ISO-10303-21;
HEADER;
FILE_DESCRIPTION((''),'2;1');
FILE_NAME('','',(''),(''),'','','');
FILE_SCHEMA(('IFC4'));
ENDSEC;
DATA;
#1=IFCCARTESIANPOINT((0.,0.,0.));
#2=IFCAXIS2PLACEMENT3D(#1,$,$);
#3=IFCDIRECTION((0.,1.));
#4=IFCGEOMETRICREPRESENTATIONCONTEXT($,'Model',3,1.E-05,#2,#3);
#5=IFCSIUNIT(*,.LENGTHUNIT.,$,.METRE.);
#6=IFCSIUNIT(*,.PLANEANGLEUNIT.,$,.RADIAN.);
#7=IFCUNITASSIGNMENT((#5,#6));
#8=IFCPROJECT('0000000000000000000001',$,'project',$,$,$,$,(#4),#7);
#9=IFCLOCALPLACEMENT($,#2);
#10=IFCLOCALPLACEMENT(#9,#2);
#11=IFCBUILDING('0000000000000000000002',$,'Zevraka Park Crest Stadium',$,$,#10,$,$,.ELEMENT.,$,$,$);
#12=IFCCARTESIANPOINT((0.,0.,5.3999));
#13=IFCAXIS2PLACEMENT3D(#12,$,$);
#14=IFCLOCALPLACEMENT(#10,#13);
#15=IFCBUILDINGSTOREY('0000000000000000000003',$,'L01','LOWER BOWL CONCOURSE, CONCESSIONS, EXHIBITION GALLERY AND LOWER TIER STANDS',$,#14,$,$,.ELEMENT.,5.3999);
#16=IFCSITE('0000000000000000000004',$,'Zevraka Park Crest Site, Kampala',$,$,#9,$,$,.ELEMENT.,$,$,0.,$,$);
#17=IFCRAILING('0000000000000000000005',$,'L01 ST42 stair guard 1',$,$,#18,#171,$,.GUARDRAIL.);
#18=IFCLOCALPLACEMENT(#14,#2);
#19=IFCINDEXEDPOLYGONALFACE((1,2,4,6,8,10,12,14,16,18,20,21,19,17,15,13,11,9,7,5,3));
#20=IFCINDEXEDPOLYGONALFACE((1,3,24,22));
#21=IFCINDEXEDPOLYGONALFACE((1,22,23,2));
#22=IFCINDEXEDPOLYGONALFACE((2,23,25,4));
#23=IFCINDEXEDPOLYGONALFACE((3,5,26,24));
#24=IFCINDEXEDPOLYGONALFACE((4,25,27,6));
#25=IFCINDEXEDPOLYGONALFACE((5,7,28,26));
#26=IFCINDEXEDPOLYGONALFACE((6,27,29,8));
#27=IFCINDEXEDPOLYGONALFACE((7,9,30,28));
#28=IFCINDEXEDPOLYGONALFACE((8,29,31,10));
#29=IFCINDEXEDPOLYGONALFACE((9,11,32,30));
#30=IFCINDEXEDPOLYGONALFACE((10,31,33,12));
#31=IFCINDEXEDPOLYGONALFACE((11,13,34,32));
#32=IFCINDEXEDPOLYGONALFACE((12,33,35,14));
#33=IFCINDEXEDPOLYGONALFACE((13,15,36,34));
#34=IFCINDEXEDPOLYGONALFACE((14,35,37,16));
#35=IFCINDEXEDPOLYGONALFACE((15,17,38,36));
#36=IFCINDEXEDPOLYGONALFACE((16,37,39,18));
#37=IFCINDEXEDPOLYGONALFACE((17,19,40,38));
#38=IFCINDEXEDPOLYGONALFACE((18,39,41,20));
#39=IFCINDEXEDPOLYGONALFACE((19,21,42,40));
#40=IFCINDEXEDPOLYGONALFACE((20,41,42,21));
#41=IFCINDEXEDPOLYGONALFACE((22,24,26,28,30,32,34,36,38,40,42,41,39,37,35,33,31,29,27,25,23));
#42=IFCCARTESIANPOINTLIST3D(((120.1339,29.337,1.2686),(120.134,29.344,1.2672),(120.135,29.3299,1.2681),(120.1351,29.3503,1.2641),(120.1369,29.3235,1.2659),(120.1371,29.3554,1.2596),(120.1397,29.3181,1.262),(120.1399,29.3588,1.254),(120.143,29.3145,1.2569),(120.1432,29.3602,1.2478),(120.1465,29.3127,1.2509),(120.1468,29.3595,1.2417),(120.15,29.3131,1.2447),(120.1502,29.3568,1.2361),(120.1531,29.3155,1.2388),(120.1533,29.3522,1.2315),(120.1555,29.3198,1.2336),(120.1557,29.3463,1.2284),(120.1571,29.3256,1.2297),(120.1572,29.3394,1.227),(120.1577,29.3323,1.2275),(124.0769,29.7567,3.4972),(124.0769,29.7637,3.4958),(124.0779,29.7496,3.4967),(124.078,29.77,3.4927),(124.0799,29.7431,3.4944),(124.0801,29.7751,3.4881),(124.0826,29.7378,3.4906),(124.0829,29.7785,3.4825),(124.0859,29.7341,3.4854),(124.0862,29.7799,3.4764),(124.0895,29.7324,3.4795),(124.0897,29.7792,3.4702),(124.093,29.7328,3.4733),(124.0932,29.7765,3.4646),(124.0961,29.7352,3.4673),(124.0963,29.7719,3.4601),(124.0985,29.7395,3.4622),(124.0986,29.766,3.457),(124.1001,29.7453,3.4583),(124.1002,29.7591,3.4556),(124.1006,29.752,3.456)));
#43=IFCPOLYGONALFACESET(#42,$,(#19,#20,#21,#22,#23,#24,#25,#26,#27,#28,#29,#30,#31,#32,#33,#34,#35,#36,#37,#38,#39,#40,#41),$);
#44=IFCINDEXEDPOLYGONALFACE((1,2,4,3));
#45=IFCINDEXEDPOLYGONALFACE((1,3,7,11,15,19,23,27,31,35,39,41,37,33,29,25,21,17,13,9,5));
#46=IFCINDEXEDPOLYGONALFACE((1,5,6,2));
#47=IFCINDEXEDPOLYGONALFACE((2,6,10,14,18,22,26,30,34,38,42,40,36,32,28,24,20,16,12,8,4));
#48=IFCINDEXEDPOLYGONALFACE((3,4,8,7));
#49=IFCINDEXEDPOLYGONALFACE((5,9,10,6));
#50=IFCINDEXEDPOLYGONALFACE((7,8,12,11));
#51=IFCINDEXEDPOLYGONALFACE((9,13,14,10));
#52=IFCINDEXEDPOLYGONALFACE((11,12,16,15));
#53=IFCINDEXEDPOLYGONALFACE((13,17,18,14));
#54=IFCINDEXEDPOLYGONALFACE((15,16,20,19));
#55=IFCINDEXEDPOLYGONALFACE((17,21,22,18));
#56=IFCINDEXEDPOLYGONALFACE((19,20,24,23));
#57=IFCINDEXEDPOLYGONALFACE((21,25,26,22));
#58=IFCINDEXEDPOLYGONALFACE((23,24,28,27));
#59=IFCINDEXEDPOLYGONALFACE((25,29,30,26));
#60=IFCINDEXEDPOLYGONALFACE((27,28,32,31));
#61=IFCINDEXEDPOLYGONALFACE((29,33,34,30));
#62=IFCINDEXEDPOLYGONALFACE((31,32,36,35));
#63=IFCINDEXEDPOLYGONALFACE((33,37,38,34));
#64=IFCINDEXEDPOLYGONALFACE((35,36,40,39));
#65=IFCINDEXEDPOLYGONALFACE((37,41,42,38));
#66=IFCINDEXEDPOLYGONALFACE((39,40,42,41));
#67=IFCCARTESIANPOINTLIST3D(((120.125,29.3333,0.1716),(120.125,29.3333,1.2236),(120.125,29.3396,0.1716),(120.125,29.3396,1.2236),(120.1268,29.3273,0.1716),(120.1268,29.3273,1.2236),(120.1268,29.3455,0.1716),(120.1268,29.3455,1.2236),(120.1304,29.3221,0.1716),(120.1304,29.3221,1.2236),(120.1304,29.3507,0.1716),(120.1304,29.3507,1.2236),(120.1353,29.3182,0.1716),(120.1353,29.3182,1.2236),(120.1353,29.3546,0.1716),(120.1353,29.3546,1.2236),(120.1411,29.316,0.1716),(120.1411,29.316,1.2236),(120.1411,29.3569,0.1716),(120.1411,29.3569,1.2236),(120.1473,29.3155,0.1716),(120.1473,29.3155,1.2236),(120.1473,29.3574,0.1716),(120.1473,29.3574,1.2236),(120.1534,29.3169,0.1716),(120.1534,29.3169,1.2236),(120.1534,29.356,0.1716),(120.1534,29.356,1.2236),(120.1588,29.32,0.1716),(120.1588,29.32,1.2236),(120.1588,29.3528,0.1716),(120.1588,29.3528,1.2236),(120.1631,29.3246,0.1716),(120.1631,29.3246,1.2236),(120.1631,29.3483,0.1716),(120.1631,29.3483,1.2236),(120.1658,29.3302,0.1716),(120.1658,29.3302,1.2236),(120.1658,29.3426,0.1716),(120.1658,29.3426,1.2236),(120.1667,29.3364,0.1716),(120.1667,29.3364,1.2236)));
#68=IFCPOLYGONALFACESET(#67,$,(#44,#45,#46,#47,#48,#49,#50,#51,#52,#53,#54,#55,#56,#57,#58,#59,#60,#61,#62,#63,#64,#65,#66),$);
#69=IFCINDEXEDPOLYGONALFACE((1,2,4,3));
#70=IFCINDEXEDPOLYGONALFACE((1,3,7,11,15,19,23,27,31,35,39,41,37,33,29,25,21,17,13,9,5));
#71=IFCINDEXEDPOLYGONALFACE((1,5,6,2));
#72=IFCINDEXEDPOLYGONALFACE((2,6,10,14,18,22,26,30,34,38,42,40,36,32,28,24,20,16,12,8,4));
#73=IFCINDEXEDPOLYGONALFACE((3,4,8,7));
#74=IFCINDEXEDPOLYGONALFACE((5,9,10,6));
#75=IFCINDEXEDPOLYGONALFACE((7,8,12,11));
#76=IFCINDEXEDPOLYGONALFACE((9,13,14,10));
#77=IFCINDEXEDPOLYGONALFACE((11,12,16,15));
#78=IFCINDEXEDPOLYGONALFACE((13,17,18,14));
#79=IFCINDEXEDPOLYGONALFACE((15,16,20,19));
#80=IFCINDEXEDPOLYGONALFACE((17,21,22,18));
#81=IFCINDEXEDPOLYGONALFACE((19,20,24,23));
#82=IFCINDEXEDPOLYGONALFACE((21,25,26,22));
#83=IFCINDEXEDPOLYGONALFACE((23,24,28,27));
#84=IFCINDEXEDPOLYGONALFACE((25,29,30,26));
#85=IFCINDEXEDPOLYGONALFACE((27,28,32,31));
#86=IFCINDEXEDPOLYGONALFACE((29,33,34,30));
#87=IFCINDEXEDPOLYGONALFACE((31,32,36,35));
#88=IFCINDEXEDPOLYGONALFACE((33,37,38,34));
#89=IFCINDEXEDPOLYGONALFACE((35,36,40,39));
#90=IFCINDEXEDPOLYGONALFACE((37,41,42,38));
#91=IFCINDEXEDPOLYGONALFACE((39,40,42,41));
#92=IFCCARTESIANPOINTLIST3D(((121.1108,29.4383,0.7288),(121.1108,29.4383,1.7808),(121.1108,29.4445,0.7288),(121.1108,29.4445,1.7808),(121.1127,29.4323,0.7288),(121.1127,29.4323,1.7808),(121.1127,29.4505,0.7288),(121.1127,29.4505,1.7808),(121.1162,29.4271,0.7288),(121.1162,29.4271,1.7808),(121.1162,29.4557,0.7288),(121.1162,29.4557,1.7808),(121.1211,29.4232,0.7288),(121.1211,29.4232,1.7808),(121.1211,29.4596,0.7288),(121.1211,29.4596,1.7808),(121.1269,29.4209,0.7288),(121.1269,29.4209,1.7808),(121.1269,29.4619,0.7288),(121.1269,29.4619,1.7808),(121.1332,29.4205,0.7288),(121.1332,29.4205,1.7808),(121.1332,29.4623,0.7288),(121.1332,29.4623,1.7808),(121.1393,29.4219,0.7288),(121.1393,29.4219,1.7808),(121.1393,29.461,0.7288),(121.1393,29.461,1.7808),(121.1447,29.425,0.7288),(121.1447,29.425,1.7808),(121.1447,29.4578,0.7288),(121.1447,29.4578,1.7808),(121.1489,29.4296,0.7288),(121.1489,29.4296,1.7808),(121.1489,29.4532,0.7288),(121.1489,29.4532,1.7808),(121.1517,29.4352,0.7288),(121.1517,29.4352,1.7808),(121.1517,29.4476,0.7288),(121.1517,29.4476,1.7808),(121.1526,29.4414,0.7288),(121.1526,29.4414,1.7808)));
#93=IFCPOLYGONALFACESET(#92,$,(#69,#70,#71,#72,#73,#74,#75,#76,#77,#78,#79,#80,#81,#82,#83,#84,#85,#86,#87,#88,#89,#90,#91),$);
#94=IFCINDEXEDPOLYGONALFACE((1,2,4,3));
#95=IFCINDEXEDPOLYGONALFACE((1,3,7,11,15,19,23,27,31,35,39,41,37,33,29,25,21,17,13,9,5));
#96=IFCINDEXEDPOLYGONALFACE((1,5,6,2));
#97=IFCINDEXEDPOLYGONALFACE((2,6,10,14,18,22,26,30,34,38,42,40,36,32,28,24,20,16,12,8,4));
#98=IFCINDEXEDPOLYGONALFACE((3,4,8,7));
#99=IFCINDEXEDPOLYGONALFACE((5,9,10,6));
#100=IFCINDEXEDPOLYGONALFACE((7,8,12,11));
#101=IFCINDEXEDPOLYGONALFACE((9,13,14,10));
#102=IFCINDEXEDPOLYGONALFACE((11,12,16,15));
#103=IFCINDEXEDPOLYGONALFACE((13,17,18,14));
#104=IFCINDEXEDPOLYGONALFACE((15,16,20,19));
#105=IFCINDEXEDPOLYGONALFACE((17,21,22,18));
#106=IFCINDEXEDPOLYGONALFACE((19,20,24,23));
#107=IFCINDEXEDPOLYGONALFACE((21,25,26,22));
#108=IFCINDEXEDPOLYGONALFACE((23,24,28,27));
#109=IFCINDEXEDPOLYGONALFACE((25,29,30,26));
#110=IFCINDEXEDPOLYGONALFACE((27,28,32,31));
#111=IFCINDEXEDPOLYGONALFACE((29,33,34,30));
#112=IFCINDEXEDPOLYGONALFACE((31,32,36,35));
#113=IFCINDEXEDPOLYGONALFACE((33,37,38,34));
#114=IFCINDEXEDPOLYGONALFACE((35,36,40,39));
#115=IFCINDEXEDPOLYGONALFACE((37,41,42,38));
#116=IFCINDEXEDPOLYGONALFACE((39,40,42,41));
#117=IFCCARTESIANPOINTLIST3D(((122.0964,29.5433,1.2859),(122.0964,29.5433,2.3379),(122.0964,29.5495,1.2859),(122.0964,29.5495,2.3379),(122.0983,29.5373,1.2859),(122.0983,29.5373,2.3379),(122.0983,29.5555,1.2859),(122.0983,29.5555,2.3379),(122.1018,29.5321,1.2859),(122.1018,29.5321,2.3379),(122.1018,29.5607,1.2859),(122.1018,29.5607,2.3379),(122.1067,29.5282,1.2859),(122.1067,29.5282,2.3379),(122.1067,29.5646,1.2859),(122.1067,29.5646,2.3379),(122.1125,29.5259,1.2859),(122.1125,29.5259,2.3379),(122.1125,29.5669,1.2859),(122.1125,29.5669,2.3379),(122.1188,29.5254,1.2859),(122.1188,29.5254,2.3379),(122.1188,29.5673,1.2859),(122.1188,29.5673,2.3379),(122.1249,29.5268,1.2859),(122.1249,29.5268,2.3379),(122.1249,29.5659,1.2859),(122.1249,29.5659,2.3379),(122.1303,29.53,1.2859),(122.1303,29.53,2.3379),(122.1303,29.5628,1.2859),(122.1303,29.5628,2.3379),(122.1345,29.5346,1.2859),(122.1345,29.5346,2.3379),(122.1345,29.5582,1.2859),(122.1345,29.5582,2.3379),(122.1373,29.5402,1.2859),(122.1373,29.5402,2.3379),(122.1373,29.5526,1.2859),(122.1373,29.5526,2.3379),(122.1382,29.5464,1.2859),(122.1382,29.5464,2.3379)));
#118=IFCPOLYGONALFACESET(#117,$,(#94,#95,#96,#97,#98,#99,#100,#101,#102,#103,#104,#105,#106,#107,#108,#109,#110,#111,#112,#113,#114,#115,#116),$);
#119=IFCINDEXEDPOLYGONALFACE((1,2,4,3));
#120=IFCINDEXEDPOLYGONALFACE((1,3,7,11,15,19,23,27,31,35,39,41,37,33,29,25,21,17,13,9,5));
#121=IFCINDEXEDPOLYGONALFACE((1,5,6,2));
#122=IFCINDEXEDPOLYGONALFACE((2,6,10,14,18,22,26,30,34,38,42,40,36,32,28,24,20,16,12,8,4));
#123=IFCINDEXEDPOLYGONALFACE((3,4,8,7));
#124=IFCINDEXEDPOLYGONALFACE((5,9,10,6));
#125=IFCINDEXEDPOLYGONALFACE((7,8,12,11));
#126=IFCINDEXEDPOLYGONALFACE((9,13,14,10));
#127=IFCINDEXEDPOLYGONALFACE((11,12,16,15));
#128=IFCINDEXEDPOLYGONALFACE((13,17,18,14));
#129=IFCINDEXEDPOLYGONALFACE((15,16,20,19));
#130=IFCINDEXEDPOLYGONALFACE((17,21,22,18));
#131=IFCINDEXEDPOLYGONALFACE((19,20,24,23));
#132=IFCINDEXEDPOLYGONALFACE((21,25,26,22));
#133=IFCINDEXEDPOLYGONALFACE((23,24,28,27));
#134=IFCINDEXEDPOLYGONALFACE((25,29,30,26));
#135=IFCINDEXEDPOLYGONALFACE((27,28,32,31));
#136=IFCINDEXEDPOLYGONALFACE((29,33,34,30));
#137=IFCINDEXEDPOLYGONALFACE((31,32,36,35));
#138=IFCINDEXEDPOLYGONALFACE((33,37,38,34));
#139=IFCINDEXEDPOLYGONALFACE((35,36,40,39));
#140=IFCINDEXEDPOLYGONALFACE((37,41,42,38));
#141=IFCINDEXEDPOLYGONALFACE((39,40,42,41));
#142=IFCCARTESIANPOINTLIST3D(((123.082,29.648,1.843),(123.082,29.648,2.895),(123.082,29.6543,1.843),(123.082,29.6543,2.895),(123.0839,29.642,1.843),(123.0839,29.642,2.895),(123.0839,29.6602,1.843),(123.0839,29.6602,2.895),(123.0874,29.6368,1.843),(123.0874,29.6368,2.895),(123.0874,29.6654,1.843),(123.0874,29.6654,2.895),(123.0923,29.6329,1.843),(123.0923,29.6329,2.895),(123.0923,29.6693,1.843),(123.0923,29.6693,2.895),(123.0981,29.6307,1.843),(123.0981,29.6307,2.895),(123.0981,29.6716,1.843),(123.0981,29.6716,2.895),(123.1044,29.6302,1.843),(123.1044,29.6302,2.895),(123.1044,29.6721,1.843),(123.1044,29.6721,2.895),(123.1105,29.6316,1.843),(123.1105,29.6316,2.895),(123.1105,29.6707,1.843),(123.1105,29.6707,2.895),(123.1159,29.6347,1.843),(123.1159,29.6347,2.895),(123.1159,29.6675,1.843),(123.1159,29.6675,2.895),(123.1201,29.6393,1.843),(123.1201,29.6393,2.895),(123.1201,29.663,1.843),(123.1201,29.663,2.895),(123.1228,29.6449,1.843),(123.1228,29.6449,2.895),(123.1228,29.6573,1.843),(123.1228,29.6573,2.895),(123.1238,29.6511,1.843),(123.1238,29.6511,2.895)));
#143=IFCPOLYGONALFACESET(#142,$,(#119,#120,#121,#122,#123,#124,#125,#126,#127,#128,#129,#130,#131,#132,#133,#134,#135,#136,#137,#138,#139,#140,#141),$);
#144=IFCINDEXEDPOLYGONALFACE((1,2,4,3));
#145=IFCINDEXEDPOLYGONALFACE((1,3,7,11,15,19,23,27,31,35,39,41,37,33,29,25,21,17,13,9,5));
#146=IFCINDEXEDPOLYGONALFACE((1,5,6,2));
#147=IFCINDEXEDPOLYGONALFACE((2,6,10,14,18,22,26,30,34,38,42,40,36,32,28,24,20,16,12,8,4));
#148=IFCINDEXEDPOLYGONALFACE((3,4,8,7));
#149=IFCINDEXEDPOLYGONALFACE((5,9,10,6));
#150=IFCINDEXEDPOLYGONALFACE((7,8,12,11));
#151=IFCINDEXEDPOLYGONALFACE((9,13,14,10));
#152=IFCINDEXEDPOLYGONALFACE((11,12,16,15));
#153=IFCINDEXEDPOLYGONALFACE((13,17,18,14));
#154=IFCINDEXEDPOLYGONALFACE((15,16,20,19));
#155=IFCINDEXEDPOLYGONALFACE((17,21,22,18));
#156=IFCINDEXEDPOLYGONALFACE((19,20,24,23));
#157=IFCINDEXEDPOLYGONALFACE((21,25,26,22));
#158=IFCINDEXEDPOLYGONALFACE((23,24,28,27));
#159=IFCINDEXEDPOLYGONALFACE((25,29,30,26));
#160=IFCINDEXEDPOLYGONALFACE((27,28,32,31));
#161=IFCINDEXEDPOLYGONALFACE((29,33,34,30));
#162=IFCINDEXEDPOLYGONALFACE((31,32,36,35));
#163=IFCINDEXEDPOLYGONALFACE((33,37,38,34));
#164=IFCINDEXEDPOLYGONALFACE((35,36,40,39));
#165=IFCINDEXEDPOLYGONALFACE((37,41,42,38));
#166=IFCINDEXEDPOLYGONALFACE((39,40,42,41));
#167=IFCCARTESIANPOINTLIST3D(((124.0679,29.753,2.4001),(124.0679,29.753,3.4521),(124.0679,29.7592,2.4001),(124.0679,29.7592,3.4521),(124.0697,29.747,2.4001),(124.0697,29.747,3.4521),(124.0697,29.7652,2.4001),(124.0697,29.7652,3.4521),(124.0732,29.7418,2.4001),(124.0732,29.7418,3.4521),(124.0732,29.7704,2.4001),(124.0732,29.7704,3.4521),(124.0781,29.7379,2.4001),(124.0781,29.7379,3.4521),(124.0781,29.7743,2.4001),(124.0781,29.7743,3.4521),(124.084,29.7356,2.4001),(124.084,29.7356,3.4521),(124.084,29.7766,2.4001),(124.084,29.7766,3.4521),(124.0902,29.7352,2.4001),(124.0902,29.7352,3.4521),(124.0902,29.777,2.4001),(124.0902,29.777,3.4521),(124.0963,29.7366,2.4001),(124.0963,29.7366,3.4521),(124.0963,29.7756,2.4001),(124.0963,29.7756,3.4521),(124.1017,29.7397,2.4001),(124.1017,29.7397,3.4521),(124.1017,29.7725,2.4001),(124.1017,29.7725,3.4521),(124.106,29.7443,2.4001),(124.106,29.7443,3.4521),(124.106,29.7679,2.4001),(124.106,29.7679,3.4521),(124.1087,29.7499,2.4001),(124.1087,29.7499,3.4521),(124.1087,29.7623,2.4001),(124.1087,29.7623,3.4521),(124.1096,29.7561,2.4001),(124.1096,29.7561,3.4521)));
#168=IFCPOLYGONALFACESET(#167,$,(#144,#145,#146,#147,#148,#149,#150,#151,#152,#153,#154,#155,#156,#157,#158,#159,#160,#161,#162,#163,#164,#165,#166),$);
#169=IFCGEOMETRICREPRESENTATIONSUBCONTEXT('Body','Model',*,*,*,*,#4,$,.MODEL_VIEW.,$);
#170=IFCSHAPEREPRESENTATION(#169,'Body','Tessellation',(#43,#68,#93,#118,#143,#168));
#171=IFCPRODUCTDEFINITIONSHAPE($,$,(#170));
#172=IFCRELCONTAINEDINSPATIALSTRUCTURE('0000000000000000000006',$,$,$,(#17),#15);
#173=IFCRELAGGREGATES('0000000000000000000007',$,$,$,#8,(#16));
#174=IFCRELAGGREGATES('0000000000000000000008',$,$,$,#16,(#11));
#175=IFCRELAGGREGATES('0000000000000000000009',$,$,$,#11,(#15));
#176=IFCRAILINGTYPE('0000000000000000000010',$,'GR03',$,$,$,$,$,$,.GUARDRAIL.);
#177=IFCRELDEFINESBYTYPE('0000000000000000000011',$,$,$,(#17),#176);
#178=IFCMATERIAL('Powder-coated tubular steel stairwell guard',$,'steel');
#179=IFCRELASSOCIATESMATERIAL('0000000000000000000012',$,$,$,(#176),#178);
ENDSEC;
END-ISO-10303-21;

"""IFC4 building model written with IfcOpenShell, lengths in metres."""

from ifc_helpers import new_model, si_unit, direction, frame, origin, origin_2d, place, context, subcontext, project, spatial, circle, extrude, material, type_object, element, save


model = new_model("IFC4")

# Units and contexts
model_context = context("Model", 3, precision=1e-05, world=origin(), true_north=direction((0.0, 1.0)))
body_context = subcontext(model_context, "Body", "Model", "MODEL_VIEW")
ifc_project = project(units=[si_unit("LENGTHUNIT", "METRE"), si_unit("PLANEANGLEUNIT", "RADIAN")], contexts=[model_context])

# Site, building, storey
site_placement = place(None, origin())
site = spatial("IfcSite", under=ifc_project, at=site_placement, Name="Zevraka Park Crest Site, Kampala", CompositionType="ELEMENT", RefElevation=0.0)
building_placement = place(site_placement, origin())
building = spatial("IfcBuilding", under=site, at=building_placement, Name="Zevraka Park Crest Stadium", CompositionType="ELEMENT")
storey_placement = place(building_placement, frame((0.0, 0.0, 5.3999)))
storey = spatial("IfcBuildingStorey", under=building, at=storey_placement, Name="L01", Description="LOWER BOWL CONCOURSE, CONCESSIONS, EXHIBITION GALLERY AND LOWER TIER STANDS", CompositionType="ELEMENT", Elevation=5.3999)

# Railing
ifc_material_1 = material(Name="Powder-coated tubular steel stairwell guard", Category="steel")
railing_type_1 = type_object("IfcRailingType", Name="GR03", PredefinedType="GUARDRAIL", material=ifc_material_1)
railing_1_placement = place(storey_placement, frame((120.1458, 29.3364, 0.1716)))
element("IfcRailing", 1, at=railing_1_placement, inside=storey, type_object=railing_type_1, Name="L01 ST42 stair guard 1", PredefinedType="GUARDRAIL", context=body_context, shape_type="SweptSolid", body=[
    extrude(circle(Radius=0.0239, at=origin_2d()), frame((0.0, 0.0, 1.0762), z_axis=(0.866855, 0.092268, 0.489948), x_axis=(-0.105842, 0.994383, 0.0)), (0.0, 0.0, 1.0), 4.5486),
    extrude(circle(Radius=0.021, at=origin_2d()), origin(), (0.0, 0.0, 1.0), 1.052),
    extrude(circle(Radius=0.021, at=origin_2d()), frame((0.9858, 0.105, 0.5571)), (0.0, 0.0, 1.0), 1.052),
    extrude(circle(Radius=0.021, at=origin_2d()), frame((1.9714, 0.21, 1.1143)), (0.0, 0.0, 1.0), 1.052),
    extrude(circle(Radius=0.021, at=origin_2d()), frame((2.957, 0.3147, 1.6714)), (0.0, 0.0, 1.0), 1.052),
    extrude(circle(Radius=0.021, at=origin_2d()), frame((3.9429, 0.4197, 2.2285)), (0.0, 0.0, 1.0), 1.052),
])

save(model, "model.ifc")
